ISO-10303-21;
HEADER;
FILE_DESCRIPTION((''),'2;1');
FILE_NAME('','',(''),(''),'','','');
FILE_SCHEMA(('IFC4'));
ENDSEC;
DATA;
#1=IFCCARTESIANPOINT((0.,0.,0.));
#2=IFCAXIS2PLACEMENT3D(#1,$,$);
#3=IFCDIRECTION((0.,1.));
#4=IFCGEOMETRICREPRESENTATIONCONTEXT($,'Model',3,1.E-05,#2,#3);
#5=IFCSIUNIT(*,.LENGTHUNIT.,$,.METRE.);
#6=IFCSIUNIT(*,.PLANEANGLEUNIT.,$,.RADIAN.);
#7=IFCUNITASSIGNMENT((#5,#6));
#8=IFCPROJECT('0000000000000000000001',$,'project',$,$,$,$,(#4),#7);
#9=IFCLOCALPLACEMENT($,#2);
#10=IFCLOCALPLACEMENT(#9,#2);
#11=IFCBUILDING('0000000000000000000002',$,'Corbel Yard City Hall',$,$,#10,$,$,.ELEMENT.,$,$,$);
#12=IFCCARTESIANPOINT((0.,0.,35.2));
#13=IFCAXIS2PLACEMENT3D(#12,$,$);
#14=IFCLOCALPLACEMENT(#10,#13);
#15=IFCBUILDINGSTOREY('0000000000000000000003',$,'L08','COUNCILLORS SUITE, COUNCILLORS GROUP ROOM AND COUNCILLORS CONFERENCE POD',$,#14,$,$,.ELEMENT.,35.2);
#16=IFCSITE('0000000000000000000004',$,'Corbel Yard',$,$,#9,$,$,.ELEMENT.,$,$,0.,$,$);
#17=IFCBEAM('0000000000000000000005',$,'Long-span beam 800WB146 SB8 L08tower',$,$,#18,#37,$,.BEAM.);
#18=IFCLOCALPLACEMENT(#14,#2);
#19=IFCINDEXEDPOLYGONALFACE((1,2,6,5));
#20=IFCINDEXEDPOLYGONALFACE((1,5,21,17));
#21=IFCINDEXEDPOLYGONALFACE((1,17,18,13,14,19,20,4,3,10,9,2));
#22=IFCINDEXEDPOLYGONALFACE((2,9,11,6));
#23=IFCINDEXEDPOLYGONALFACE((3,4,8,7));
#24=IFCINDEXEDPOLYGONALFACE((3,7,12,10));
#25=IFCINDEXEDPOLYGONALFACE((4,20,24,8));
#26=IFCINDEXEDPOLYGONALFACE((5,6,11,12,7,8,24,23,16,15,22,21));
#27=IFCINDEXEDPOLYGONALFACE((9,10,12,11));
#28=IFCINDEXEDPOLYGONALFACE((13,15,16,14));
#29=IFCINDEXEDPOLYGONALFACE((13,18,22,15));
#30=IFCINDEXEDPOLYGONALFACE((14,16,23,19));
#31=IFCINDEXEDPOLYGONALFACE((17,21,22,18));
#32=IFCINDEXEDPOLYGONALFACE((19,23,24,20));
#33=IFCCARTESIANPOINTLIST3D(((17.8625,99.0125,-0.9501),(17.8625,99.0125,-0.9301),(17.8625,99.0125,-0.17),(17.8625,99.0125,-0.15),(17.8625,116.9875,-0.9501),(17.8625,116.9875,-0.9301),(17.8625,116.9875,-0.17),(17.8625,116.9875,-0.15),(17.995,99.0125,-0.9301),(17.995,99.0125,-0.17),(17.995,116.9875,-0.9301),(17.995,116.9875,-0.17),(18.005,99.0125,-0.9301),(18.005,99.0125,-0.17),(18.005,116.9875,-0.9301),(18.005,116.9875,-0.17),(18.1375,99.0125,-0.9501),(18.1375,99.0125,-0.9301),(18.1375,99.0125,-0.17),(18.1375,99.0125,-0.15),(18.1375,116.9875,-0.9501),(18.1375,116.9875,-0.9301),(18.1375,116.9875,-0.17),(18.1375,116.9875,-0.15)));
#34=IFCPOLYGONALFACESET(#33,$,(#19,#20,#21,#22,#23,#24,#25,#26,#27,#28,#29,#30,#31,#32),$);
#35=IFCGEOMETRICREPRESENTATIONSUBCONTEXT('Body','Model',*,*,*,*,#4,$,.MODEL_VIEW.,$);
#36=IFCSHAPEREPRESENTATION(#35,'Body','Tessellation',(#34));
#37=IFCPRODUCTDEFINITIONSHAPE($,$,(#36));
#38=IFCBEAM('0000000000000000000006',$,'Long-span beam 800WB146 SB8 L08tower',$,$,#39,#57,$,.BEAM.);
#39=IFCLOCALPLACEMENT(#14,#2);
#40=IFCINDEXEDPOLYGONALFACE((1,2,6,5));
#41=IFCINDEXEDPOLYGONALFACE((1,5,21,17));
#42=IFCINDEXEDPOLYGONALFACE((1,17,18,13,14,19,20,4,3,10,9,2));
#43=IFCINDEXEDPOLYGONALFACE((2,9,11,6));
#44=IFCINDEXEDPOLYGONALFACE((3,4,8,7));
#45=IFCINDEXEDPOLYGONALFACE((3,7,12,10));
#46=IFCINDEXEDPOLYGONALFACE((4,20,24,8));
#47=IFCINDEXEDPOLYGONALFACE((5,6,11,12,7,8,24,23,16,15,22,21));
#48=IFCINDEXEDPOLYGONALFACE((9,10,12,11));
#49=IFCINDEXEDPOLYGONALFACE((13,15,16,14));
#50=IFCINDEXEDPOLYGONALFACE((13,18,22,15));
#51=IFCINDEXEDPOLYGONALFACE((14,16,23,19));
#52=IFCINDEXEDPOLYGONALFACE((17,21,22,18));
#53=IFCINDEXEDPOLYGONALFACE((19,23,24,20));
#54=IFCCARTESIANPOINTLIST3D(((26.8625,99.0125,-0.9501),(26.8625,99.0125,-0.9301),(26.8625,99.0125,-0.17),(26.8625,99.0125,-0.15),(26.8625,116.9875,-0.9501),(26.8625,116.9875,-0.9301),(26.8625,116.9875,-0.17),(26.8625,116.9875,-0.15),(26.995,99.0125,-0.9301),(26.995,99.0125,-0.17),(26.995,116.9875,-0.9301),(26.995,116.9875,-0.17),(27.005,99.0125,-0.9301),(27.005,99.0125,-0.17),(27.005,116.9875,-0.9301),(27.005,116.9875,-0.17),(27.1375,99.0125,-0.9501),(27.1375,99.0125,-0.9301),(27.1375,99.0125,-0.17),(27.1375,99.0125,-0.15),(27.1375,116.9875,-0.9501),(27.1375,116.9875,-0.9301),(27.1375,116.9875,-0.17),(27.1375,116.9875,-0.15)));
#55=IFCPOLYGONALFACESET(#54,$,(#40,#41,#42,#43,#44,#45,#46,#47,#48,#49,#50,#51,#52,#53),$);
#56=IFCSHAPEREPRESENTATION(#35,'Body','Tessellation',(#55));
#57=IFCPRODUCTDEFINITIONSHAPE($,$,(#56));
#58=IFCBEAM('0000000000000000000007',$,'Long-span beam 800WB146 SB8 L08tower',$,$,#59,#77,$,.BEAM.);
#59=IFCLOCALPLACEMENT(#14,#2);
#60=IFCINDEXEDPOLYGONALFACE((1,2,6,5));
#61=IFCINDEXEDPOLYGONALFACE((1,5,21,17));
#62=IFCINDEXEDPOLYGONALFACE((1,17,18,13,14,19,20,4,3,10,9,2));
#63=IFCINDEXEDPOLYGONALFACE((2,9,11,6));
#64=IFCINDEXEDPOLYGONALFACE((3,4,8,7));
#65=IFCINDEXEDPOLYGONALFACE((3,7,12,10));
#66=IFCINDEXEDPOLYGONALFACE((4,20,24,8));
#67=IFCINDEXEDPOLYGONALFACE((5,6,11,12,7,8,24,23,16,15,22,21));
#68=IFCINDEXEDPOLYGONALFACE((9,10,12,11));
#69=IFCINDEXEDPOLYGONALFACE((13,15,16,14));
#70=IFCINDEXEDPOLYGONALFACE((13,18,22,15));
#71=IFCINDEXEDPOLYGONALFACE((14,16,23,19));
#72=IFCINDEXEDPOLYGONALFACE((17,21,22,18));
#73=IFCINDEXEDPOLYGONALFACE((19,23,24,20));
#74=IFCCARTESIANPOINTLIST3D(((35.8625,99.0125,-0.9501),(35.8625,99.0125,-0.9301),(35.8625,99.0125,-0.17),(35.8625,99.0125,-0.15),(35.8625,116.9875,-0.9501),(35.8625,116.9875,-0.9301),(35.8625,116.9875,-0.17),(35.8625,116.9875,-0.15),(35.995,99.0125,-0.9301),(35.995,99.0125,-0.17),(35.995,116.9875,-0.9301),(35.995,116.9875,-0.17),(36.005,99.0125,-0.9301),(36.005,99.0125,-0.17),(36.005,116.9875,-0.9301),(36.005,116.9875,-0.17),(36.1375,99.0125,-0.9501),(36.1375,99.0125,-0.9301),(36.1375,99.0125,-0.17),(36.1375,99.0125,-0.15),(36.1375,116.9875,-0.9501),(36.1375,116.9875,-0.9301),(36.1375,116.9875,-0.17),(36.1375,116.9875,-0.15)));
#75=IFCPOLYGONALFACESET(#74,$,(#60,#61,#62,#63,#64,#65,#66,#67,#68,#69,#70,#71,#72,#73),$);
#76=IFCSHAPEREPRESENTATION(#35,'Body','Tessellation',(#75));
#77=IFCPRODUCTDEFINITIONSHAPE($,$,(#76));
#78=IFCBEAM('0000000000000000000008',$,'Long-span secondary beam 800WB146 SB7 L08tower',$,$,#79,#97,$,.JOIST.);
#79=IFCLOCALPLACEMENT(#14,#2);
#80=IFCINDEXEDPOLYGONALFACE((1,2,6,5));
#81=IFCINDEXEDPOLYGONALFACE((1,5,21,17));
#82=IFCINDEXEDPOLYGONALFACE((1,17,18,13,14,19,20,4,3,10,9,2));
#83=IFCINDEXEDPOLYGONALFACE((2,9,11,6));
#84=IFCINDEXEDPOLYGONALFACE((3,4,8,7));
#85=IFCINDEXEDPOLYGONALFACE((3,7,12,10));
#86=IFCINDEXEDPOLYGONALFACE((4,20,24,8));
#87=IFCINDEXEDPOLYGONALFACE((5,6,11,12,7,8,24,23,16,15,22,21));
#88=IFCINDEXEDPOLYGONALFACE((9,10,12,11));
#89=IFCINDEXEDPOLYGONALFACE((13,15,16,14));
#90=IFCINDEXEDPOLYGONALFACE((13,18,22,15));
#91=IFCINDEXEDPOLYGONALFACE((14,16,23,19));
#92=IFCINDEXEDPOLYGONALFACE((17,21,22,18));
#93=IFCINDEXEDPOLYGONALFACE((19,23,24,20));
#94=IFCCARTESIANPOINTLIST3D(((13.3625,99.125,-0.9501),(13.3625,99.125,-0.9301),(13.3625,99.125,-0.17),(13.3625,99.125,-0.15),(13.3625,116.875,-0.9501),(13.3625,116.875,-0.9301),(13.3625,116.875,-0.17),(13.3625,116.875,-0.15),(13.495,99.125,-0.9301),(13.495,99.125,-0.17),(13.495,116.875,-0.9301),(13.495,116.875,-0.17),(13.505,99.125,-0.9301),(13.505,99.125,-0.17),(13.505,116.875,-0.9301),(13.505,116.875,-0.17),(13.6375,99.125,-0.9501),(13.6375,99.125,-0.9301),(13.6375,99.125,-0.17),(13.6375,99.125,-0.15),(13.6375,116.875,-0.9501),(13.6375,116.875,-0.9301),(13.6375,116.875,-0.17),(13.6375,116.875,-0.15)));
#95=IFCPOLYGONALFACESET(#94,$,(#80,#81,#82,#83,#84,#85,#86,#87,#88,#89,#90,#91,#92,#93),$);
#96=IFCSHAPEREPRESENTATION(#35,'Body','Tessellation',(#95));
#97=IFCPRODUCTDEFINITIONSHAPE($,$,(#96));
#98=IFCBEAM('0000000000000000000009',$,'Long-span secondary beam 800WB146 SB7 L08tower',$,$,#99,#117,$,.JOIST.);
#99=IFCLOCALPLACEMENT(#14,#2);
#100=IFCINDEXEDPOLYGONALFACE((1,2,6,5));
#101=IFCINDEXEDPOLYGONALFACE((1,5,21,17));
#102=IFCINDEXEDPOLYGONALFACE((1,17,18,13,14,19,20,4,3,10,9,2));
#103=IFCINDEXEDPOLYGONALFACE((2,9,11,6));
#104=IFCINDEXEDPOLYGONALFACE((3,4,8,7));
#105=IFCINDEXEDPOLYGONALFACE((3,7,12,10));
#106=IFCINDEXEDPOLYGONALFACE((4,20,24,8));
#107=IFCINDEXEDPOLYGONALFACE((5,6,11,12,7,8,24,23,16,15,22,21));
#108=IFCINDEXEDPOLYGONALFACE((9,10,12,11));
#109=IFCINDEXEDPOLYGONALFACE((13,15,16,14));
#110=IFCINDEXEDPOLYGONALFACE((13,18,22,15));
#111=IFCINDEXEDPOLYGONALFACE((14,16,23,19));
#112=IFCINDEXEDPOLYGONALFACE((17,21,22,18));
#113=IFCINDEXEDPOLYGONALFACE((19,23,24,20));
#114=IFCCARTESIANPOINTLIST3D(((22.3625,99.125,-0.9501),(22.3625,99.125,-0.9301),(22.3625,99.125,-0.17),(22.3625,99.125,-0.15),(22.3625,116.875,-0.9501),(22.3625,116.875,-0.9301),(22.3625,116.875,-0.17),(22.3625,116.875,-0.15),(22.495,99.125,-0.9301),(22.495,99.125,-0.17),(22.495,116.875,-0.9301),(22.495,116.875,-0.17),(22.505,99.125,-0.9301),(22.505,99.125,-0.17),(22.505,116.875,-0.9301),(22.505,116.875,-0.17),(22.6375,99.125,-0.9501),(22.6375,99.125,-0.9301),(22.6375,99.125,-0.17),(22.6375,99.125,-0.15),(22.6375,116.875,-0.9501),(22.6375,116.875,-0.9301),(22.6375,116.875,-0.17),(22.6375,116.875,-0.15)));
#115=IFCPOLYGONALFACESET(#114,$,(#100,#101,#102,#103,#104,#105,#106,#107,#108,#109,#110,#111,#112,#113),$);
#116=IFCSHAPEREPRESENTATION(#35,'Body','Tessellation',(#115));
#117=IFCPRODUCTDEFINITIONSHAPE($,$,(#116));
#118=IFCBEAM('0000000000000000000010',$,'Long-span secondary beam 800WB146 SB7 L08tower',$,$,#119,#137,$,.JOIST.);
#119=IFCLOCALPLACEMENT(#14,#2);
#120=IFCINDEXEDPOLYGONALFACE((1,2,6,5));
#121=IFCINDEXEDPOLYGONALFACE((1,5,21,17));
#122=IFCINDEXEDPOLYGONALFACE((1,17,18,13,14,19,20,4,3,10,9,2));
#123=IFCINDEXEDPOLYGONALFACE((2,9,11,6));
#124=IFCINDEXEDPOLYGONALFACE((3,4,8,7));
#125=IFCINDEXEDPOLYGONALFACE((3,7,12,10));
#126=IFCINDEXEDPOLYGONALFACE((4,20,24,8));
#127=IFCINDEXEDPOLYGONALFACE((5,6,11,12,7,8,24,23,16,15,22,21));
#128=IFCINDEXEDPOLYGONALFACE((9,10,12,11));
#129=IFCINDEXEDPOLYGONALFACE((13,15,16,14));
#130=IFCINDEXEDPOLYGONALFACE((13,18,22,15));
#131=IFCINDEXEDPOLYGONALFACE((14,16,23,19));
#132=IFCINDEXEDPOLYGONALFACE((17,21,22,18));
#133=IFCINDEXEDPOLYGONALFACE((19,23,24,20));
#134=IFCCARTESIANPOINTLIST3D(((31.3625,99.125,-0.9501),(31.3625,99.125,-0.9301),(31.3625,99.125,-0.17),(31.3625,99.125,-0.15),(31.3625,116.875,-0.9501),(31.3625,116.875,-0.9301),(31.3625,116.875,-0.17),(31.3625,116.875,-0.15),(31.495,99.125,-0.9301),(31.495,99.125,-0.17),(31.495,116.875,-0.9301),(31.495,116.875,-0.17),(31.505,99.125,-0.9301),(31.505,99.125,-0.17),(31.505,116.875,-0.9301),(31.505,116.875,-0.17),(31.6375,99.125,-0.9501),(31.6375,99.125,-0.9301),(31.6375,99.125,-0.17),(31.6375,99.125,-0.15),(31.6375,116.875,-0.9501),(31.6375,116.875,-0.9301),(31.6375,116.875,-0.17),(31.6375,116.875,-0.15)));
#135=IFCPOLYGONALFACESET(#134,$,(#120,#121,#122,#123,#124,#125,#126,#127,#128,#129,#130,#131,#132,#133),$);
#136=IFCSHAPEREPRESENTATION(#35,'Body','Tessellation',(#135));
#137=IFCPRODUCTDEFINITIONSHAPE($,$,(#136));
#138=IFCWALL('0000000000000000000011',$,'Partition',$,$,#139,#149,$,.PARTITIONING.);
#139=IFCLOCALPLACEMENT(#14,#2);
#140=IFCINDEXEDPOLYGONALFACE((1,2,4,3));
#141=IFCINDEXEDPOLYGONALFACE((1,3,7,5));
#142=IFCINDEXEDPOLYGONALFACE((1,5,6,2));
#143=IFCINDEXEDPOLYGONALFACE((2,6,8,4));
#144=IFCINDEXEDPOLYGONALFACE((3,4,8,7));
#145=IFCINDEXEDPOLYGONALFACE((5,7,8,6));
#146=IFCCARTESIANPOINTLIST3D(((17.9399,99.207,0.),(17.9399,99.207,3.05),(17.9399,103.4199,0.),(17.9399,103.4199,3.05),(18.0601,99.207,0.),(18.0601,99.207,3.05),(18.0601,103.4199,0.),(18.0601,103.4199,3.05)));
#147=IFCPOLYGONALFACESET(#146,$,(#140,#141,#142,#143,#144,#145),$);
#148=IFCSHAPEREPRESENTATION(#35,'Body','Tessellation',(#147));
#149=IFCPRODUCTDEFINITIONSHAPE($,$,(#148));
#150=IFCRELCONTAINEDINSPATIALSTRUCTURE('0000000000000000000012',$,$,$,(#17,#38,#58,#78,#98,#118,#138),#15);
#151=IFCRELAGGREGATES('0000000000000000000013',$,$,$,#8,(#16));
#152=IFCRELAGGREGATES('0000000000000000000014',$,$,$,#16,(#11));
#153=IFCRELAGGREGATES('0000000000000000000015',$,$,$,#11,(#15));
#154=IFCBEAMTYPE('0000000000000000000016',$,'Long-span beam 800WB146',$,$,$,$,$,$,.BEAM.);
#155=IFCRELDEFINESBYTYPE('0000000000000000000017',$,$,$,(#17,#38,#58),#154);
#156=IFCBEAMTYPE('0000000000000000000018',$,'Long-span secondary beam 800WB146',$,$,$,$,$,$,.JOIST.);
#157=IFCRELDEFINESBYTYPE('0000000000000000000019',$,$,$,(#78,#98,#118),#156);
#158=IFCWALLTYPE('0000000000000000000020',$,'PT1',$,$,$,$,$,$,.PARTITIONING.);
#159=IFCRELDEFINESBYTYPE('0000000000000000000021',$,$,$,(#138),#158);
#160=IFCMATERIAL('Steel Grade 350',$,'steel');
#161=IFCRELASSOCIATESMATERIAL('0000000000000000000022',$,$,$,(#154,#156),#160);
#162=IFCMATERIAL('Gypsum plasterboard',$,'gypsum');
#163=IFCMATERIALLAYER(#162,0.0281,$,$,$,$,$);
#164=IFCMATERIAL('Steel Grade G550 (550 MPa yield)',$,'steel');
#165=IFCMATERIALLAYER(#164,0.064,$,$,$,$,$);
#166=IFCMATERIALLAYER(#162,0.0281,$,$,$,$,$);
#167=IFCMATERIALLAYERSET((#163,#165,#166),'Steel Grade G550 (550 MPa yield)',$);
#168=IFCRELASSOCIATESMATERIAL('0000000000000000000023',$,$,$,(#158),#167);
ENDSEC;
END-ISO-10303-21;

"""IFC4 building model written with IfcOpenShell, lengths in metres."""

from ifc_helpers import new_model, si_unit, direction, frame, frame_2d, origin, origin_2d, place, context, subcontext, project, spatial, rectangle, i_section, extrude, material, layer, layer_set, material_profile, profile_set, type_object, element, save


model = new_model("IFC4")

# Units and contexts
model_context = context("Model", 3, precision=1e-05, world=origin(), true_north=direction((0.0, 1.0)))
body_context = subcontext(model_context, "Body", "Model", "MODEL_VIEW")
ifc_project = project(units=[si_unit("LENGTHUNIT", "METRE"), si_unit("PLANEANGLEUNIT", "RADIAN")], contexts=[model_context])

# Site, building, storey
site_placement = place(None, origin())
site = spatial("IfcSite", under=ifc_project, at=site_placement, Name="Corbel Yard", CompositionType="ELEMENT", RefElevation=0.0)
building_placement = place(site_placement, origin())
building = spatial("IfcBuilding", under=site, at=building_placement, Name="Corbel Yard City Hall", CompositionType="ELEMENT")
storey_placement = place(building_placement, frame((0.0, 0.0, 35.2)))
storey = spatial("IfcBuildingStorey", under=building, at=storey_placement, Name="L08", Description="COUNCILLORS SUITE, COUNCILLORS GROUP ROOM AND COUNCILLORS CONFERENCE POD", CompositionType="ELEMENT", Elevation=35.2)

# Beams
ifc_material_1 = material(Name="Steel Grade 350", Category="steel")
ifc_material_profile_1 = material_profile(ifc_material_1, i_section(OverallWidth=0.2749, OverallDepth=0.8, WebThickness=0.01, FlangeThickness=0.02, at=origin_2d()), Name="800WB146")
ifc_profile_set_1 = profile_set([ifc_material_profile_1], Name="Steel Grade 350")
beam_type_1 = type_object("IfcBeamType", Name="Long-span beam 800WB146", PredefinedType="BEAM", material=ifc_profile_set_1)
for number, where, z_axis, x_axis, name in (
    (1, (18.0, 99.0125, -0.55), (0.0, 1.0, 0.0), (-1.0, 0.0, 0.0), "Long-span beam 800WB146 SB8 L08tower"),
    (2, (27.0, 99.0125, -0.55), (0.0, 1.0, 0.0), (-1.0, 0.0, 0.0), "Long-span beam 800WB146 SB8 L08tower"),
    (3, (36.0, 99.0125, -0.55), (0.0, 1.0, 0.0), (-1.0, 0.0, 0.0), "Long-span beam 800WB146 SB8 L08tower"),
):
    element("IfcBeam", number, at=place(storey_placement, frame(where, z_axis=z_axis, x_axis=x_axis)), inside=storey, type_object=beam_type_1, Name=name, PredefinedType="BEAM", context=body_context, shape_type="SweptSolid", body=[
        extrude(i_section(OverallWidth=0.2749, OverallDepth=0.8, WebThickness=0.01, FlangeThickness=0.02, at=origin_2d()), origin(), (0.0, 0.0, 1.0), 17.9751),
    ])
ifc_material_profile_2 = material_profile(ifc_material_1, i_section(OverallWidth=0.2749, OverallDepth=0.8, WebThickness=0.01, FlangeThickness=0.02, at=origin_2d()), Name="800WB146")
ifc_profile_set_2 = profile_set([ifc_material_profile_2], Name="Steel Grade 350")
beam_type_2 = type_object("IfcBeamType", Name="Long-span secondary beam 800WB146", PredefinedType="JOIST", material=ifc_profile_set_2)
for number, where, z_axis, x_axis, name in (
    (4, (13.5, 99.125, -0.55), (0.0, 1.0, 0.0), (-1.0, 0.0, 0.0), "Long-span secondary beam 800WB146 SB7 L08tower"),
    (5, (22.5, 99.125, -0.55), (0.0, 1.0, 0.0), (-1.0, 0.0, 0.0), "Long-span secondary beam 800WB146 SB7 L08tower"),
    (6, (31.5, 99.125, -0.55), (0.0, 1.0, 0.0), (-1.0, 0.0, 0.0), "Long-span secondary beam 800WB146 SB7 L08tower"),
):
    element("IfcBeam", number, at=place(storey_placement, frame(where, z_axis=z_axis, x_axis=x_axis)), inside=storey, type_object=beam_type_2, Name=name, PredefinedType="JOIST", context=body_context, shape_type="SweptSolid", body=[
        extrude(i_section(OverallWidth=0.2749, OverallDepth=0.8, WebThickness=0.01, FlangeThickness=0.02, at=origin_2d()), origin(), (0.0, 0.0, 1.0), 17.75),
    ])

# Wall
ifc_material_2 = material(Name="Gypsum plasterboard", Category="gypsum")
ifc_layer_1 = layer(ifc_material_2, 0.0281)
ifc_material_3 = material(Name="Steel Grade G550 (550 MPa yield)", Category="steel")
ifc_layer_2 = layer(ifc_material_3, 0.064)
ifc_layer_3 = layer(ifc_material_2, 0.0281)
ifc_layer_set_1 = layer_set([ifc_layer_1, ifc_layer_2, ifc_layer_3], Name="Steel Grade G550 (550 MPa yield)")
wall_type_1 = type_object("IfcWallType", Name="PT1", PredefinedType="PARTITIONING", material=ifc_layer_set_1)
wall_1_placement = place(storey_placement, frame((18.0, 99.207, 0.0), z_axis=(0.0, 0.0, 1.0), x_axis=(0.0, 1.0, 0.0)))
element("IfcWall", 7, at=wall_1_placement, inside=storey, type_object=wall_type_1, Name="Partition", PredefinedType="PARTITIONING", context=body_context, shape_type="SweptSolid", body=[
    extrude(rectangle(XDim=4.2129, YDim=0.1201, at=frame_2d((2.1064, 0.0))), origin(), (0.0, 0.0, 1.0), 3.05),
])

save(model, "model.ifc")
